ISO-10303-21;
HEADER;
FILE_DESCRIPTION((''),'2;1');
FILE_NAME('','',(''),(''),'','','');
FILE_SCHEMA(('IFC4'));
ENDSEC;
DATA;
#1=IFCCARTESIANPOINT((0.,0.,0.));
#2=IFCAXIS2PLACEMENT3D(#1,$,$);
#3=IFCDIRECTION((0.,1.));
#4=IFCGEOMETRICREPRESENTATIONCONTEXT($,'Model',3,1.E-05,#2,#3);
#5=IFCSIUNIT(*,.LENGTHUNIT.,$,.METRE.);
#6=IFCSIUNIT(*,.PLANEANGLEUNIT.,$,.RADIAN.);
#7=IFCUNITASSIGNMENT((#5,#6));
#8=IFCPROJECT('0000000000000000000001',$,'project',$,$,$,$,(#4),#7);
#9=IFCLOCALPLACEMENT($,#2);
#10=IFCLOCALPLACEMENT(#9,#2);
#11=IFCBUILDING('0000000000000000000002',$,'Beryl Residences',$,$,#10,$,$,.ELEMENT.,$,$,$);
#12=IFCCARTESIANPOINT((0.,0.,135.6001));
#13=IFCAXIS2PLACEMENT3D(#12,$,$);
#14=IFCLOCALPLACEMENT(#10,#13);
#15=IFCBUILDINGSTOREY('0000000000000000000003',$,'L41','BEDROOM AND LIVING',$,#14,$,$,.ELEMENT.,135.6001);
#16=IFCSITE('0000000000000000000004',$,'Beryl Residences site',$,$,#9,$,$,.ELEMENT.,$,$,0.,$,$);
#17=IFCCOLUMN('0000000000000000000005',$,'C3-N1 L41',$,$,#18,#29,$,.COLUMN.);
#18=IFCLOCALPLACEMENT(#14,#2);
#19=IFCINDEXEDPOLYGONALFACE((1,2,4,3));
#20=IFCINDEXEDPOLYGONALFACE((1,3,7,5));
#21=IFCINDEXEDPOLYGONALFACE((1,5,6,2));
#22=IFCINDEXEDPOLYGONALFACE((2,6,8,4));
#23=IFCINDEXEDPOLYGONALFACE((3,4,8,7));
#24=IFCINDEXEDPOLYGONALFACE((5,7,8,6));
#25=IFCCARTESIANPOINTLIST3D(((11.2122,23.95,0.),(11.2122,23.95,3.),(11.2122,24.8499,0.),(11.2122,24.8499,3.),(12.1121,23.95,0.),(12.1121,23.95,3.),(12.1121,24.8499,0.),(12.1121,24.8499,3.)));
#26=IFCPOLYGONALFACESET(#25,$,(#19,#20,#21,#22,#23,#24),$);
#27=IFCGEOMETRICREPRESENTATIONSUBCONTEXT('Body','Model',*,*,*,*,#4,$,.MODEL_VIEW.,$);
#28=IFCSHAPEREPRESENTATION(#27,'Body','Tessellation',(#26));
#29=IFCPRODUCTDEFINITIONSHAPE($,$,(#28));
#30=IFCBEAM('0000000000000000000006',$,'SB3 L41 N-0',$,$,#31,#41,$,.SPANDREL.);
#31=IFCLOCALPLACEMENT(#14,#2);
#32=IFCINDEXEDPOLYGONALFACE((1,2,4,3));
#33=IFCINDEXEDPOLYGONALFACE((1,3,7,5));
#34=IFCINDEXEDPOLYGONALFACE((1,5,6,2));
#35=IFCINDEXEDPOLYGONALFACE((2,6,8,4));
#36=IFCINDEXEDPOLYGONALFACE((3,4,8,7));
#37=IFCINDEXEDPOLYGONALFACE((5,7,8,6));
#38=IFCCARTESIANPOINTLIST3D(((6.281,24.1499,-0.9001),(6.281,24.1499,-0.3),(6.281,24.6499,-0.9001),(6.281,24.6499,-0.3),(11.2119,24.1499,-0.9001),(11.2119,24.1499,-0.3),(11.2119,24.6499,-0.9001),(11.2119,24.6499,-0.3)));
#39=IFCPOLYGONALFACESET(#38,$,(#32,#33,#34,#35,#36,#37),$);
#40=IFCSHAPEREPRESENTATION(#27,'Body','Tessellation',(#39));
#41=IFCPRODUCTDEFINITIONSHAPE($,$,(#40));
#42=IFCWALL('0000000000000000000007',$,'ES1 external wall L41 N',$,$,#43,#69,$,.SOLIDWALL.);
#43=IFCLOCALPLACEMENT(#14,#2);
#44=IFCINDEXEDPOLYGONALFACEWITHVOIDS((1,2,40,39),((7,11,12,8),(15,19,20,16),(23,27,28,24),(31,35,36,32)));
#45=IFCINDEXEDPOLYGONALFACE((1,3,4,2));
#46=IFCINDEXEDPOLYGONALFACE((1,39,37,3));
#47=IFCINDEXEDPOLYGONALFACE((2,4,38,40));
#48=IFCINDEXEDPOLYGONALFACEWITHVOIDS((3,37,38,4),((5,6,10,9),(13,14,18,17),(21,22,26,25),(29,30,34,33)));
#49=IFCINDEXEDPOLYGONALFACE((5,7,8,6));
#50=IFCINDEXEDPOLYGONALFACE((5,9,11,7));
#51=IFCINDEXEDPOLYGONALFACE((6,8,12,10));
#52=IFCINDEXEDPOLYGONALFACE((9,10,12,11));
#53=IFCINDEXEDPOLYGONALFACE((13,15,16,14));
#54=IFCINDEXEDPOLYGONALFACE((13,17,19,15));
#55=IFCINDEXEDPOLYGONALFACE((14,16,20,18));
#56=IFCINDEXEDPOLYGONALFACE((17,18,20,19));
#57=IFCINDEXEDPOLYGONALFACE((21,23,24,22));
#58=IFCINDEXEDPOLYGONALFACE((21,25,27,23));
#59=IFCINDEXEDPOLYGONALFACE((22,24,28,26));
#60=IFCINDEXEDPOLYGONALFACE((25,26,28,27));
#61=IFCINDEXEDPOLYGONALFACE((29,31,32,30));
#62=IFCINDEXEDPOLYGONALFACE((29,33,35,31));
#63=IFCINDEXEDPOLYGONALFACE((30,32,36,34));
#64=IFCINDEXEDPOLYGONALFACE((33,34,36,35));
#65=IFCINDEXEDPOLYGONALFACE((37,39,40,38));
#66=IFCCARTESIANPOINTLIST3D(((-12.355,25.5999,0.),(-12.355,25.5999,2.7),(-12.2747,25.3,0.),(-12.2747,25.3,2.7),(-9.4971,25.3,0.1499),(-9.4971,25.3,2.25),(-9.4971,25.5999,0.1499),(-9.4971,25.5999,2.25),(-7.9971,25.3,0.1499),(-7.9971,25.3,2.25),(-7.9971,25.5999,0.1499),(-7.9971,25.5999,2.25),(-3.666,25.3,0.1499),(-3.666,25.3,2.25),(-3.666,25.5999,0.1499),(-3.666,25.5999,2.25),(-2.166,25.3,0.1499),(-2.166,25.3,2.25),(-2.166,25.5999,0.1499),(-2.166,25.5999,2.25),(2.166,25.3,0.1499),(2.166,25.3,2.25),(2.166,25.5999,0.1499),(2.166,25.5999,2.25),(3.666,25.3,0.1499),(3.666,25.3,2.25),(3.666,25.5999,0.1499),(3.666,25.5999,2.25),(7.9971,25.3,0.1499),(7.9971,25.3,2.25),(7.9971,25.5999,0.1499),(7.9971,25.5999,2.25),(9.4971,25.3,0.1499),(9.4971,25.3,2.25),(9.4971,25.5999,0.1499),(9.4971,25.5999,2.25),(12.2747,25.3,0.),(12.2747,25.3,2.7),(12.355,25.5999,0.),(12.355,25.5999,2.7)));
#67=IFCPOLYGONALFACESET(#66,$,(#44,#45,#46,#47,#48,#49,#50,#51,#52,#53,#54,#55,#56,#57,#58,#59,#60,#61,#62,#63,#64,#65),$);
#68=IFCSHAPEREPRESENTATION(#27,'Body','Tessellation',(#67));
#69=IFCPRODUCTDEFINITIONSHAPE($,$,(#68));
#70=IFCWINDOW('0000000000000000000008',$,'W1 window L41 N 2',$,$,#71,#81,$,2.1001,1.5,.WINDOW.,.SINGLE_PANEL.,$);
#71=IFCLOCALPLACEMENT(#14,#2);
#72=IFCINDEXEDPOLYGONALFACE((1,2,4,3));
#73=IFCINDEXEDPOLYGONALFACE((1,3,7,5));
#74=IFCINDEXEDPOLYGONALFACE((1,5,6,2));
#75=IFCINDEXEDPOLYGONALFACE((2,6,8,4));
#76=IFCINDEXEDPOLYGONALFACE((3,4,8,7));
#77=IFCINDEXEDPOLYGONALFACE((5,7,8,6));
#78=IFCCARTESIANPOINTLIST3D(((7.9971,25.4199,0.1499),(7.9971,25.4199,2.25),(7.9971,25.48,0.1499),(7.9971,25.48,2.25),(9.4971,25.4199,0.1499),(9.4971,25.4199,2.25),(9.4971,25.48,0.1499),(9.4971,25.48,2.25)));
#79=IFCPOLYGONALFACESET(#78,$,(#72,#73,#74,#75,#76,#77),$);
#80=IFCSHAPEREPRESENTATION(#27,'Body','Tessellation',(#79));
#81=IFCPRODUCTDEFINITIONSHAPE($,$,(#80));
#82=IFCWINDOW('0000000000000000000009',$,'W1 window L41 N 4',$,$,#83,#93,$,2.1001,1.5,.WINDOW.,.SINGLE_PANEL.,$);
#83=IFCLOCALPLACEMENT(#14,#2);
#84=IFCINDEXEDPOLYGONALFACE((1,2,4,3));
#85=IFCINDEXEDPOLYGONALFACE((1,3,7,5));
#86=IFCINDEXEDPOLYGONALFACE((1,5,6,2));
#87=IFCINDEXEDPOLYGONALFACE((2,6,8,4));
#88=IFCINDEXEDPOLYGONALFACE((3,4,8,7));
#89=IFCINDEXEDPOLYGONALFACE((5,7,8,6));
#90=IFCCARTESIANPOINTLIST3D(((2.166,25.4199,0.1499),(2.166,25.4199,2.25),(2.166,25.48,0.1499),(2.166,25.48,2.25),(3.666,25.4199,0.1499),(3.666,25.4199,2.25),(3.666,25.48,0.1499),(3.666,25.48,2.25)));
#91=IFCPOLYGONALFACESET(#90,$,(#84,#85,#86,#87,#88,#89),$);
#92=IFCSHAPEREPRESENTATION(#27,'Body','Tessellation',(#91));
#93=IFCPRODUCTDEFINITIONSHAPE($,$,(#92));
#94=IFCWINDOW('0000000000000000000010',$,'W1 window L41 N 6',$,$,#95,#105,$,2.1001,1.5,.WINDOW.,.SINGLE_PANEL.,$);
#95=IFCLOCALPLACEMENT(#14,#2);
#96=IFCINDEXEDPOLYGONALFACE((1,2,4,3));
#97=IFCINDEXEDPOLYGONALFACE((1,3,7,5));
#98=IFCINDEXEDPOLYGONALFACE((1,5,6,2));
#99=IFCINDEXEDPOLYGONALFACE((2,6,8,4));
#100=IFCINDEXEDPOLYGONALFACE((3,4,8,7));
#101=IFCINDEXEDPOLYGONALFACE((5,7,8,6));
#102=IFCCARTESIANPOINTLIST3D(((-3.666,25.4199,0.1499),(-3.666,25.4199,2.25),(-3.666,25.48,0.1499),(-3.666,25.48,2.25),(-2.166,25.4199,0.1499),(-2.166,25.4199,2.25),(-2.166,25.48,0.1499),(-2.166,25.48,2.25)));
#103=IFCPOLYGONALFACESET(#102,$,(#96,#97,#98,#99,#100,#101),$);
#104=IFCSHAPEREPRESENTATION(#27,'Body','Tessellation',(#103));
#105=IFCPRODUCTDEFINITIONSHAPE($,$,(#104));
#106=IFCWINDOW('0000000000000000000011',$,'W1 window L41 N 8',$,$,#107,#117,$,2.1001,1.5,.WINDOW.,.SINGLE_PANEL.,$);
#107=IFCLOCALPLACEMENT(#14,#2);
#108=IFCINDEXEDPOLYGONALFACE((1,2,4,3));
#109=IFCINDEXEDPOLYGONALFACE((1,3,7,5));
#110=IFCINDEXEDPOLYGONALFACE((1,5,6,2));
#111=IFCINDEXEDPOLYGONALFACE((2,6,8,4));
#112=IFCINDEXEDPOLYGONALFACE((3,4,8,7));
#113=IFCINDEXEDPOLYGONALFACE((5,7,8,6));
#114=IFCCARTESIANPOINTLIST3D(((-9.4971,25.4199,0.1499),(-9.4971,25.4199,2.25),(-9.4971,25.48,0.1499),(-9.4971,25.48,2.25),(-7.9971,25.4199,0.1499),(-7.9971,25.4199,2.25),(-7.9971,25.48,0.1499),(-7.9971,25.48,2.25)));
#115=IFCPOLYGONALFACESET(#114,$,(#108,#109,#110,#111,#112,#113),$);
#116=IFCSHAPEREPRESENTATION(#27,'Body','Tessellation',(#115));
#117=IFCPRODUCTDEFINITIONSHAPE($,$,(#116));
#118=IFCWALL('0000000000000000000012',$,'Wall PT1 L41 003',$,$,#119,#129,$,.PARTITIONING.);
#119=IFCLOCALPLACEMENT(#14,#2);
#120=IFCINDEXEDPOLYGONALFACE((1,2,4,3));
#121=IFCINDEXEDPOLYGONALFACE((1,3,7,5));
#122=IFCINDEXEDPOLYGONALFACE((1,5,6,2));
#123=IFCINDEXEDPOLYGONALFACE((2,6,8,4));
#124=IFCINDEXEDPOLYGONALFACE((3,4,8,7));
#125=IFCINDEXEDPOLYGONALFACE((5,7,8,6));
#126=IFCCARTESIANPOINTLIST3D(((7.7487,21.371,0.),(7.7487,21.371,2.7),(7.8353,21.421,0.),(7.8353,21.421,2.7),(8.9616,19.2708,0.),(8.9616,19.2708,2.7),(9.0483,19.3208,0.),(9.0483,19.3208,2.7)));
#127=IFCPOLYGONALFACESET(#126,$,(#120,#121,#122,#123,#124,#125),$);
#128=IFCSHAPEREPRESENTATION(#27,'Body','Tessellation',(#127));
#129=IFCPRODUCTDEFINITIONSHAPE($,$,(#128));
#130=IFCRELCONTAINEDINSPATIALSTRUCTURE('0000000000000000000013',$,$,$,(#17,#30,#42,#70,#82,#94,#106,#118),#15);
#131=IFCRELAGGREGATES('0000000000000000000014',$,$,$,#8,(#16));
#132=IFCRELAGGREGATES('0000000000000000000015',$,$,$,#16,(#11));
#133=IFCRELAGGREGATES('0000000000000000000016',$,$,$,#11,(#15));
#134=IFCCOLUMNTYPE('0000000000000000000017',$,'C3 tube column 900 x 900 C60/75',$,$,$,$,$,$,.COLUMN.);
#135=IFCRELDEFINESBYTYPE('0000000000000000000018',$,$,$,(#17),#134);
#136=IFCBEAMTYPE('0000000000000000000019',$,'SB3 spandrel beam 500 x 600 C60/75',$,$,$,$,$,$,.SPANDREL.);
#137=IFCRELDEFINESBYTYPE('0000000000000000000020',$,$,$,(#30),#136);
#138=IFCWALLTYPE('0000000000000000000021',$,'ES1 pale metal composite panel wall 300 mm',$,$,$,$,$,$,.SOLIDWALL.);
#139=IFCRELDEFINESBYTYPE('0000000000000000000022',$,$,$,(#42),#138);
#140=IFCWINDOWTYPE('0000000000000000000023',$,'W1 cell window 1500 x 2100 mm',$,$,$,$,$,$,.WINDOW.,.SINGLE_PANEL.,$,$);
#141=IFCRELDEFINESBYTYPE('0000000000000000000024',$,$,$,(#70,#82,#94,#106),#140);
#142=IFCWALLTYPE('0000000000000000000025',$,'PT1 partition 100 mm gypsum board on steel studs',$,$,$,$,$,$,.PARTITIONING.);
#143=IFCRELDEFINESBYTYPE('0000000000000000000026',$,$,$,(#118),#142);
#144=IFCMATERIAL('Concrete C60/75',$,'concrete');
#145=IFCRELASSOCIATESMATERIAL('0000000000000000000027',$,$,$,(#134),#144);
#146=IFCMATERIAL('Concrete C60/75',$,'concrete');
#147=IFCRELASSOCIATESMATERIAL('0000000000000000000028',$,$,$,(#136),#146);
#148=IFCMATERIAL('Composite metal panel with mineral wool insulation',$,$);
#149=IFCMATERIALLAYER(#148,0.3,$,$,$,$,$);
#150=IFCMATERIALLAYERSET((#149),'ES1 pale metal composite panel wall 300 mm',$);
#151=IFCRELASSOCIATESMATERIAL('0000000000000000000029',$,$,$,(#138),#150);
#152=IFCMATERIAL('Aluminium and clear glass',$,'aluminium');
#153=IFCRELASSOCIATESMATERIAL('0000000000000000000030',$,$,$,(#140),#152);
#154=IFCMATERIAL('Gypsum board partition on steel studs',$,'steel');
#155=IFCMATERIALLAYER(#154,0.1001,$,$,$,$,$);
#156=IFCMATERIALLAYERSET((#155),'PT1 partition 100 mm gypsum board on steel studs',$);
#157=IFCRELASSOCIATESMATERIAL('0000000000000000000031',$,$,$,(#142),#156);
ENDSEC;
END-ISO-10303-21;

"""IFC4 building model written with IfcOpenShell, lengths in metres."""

from ifc_helpers import new_model, si_unit, direction, frame, frame_2d, origin, origin_2d, place, context, subcontext, project, spatial, polyline, rectangle, outline, extrude, material, layer, layer_set, material_profile, profile_set, type_object, element, fill, save


model = new_model("IFC4")

# Units and contexts
model_context = context("Model", 3, precision=1e-05, world=origin(), true_north=direction((0.0, 1.0)))
body_context = subcontext(model_context, "Body", "Model", "MODEL_VIEW")
ifc_project = project(units=[si_unit("LENGTHUNIT", "METRE"), si_unit("PLANEANGLEUNIT", "RADIAN")], contexts=[model_context])

# Site, building, storey
site_placement = place(None, origin())
site = spatial("IfcSite", under=ifc_project, at=site_placement, Name="Beryl Residences site", CompositionType="ELEMENT", RefElevation=0.0)
building_placement = place(site_placement, origin())
building = spatial("IfcBuilding", under=site, at=building_placement, Name="Beryl Residences", CompositionType="ELEMENT")
storey_placement = place(building_placement, frame((0.0, 0.0, 135.6001)))
storey = spatial("IfcBuildingStorey", under=building, at=storey_placement, Name="L41", Description="BEDROOM AND LIVING", CompositionType="ELEMENT", Elevation=135.6001)

# Column
ifc_material_1 = material(Name="Concrete C60/75", Category="concrete")
ifc_material_profile_1 = material_profile(ifc_material_1, rectangle(XDim=0.8999, YDim=0.8999, at=origin_2d()))
ifc_profile_set_1 = profile_set([ifc_material_profile_1], Name="Concrete C60/75")
column_type = type_object("IfcColumnType", Name="C3 tube column 900 x 900 C60/75", PredefinedType="COLUMN", material=ifc_profile_set_1)
column_placement = place(storey_placement, frame((11.6621, 24.3999, 0.0), z_axis=(0.0, 0.0, 1.0), x_axis=(-1.0, 0.0, 0.0)))
element("IfcColumn", 1, at=column_placement, inside=storey, type_object=column_type, Name="C3-N1 L41", PredefinedType="COLUMN", context=body_context, shape_type="SweptSolid", body=[
    extrude(rectangle(XDim=0.8999, YDim=0.8999, at=origin_2d()), origin(), (0.0, 0.0, 1.0), 3.0),
])

# Beam
ifc_material_2 = material(Name="Concrete C60/75", Category="concrete")
ifc_material_profile_2 = material_profile(ifc_material_2, rectangle(XDim=0.5, YDim=0.6001, at=origin_2d()))
ifc_profile_set_2 = profile_set([ifc_material_profile_2], Name="Concrete C60/75")
beam_type = type_object("IfcBeamType", Name="SB3 spandrel beam 500 x 600 C60/75", PredefinedType="SPANDREL", material=ifc_profile_set_2)
beam_placement = place(storey_placement, frame((11.2119, 24.3999, -0.6001), z_axis=(-1.0, 0.0, 0.0), x_axis=(0.0, -1.0, 0.0)))
element("IfcBeam", 2, at=beam_placement, inside=storey, type_object=beam_type, Name="SB3 L41 N-0", PredefinedType="SPANDREL", context=body_context, shape_type="SweptSolid", body=[
    extrude(rectangle(XDim=0.5, YDim=0.6001, at=origin_2d()), origin(), (0.0, 0.0, 1.0), 4.9309),
])

# Wall, openings, windows
ifc_material_3 = material(Name="Composite metal panel with mineral wool insulation")
ifc_layer_1 = layer(ifc_material_3, 0.3)
ifc_layer_set_1 = layer_set([ifc_layer_1], Name="ES1 pale metal composite panel wall 300 mm")
wall_type_1 = type_object("IfcWallType", Name="ES1 pale metal composite panel wall 300 mm", PredefinedType="SOLIDWALL", material=ifc_layer_set_1)
wall_1_placement = place(storey_placement, frame((12.355, 25.45, 0.0), z_axis=(0.0, 0.0, 1.0), x_axis=(-1.0, 0.0, 0.0)))
wall_1 = element("IfcWall", 3, at=wall_1_placement, inside=storey, type_object=wall_type_1, Name="ES1 external wall L41 N", PredefinedType="SOLIDWALL", context=body_context, shape_type="SweptSolid", body=[
    extrude(outline(polyline([(0.0, -0.1499), (24.71, -0.1499), (24.6296, 0.1499), (0.0803, 0.1499), (0.0, -0.1499)])), origin(), (0.0, 0.0, 1.0), 2.7),
])
opening_1_placement = place(wall_1_placement, frame((2.8579, 0.0, 0.1499)))
opening_1 = element("IfcOpeningElement", 4, at=opening_1_placement, cuts=wall_1, PredefinedType="OPENING", context=body_context, shape_type="SweptSolid", body=[
    extrude(rectangle(XDim=1.5, YDim=2.1001, at=frame_2d((0.75, 1.05))), frame((0.0, 0.1599, 0.0), z_axis=(0.0, -1.0, 0.0), x_axis=(1.0, 0.0, 0.0)), (0.0, 0.0, 1.0), 0.3201),
])
opening_2_placement = place(wall_1_placement, frame((8.689, 0.0, 0.1499)))
opening_2 = element("IfcOpeningElement", 5, at=opening_2_placement, cuts=wall_1, PredefinedType="OPENING", context=body_context, shape_type="SweptSolid", body=[
    extrude(rectangle(XDim=1.5, YDim=2.1001, at=frame_2d((0.75, 1.05))), frame((0.0, 0.1599, 0.0), z_axis=(0.0, -1.0, 0.0), x_axis=(1.0, 0.0, 0.0)), (0.0, 0.0, 1.0), 0.3201),
])
opening_3_placement = place(wall_1_placement, frame((14.521, 0.0, 0.1499)))
opening_3 = element("IfcOpeningElement", 6, at=opening_3_placement, cuts=wall_1, PredefinedType="OPENING", context=body_context, shape_type="SweptSolid", body=[
    extrude(rectangle(XDim=1.5, YDim=2.1001, at=frame_2d((0.75, 1.05))), frame((0.0, 0.1599, 0.0), z_axis=(0.0, -1.0, 0.0), x_axis=(1.0, 0.0, 0.0)), (0.0, 0.0, 1.0), 0.3201),
])
opening_4_placement = place(wall_1_placement, frame((20.3521, 0.0, 0.1499)))
opening_4 = element("IfcOpeningElement", 7, at=opening_4_placement, cuts=wall_1, PredefinedType="OPENING", context=body_context, shape_type="SweptSolid", body=[
    extrude(rectangle(XDim=1.5, YDim=2.1001, at=frame_2d((0.75, 1.05))), frame((0.0, 0.1599, 0.0), z_axis=(0.0, -1.0, 0.0), x_axis=(1.0, 0.0, 0.0)), (0.0, 0.0, 1.0), 0.3201),
])
ifc_material_4 = material(Name="Aluminium and clear glass", Category="aluminium")
window_type = type_object("IfcWindowType", Name="W1 cell window 1500 x 2100 mm", PartitioningType="SINGLE_PANEL", PredefinedType="WINDOW", material=ifc_material_4)
window_1_placement = place(opening_1_placement, origin())
window_1 = element("IfcWindow", 8, at=window_1_placement, inside=storey, type_object=window_type, Name="W1 window L41 N 2", OverallHeight=2.1001, OverallWidth=1.5, PartitioningType="SINGLE_PANEL", PredefinedType="WINDOW", context=body_context, shape_type="SweptSolid", body=[
    extrude(rectangle(XDim=1.5, YDim=2.1001, at=frame_2d((0.75, 1.05))), frame((0.0, 0.03, 0.0), z_axis=(0.0, -1.0, 0.0), x_axis=(1.0, 0.0, 0.0)), (0.0, 0.0, 1.0), 0.0601),
])
fill(opening_1, window_1)
window_2_placement = place(opening_2_placement, origin())
window_2 = element("IfcWindow", 9, at=window_2_placement, inside=storey, type_object=window_type, Name="W1 window L41 N 4", OverallHeight=2.1001, OverallWidth=1.5, PartitioningType="SINGLE_PANEL", PredefinedType="WINDOW", context=body_context, shape_type="SweptSolid", body=[
    extrude(rectangle(XDim=1.5, YDim=2.1001, at=frame_2d((0.75, 1.05))), frame((0.0, 0.03, 0.0), z_axis=(0.0, -1.0, 0.0), x_axis=(1.0, 0.0, 0.0)), (0.0, 0.0, 1.0), 0.0601),
])
fill(opening_2, window_2)
window_3_placement = place(opening_3_placement, origin())
window_3 = element("IfcWindow", 10, at=window_3_placement, inside=storey, type_object=window_type, Name="W1 window L41 N 6", OverallHeight=2.1001, OverallWidth=1.5, PartitioningType="SINGLE_PANEL", PredefinedType="WINDOW", context=body_context, shape_type="SweptSolid", body=[
    extrude(rectangle(XDim=1.5, YDim=2.1001, at=frame_2d((0.75, 1.05))), frame((0.0, 0.03, 0.0), z_axis=(0.0, -1.0, 0.0), x_axis=(1.0, 0.0, 0.0)), (0.0, 0.0, 1.0), 0.0601),
])
fill(opening_3, window_3)
window_4_placement = place(opening_4_placement, origin())
window_4 = element("IfcWindow", 11, at=window_4_placement, inside=storey, type_object=window_type, Name="W1 window L41 N 8", OverallHeight=2.1001, OverallWidth=1.5, PartitioningType="SINGLE_PANEL", PredefinedType="WINDOW", context=body_context, shape_type="SweptSolid", body=[
    extrude(rectangle(XDim=1.5, YDim=2.1001, at=frame_2d((0.75, 1.05))), frame((0.0, 0.03, 0.0), z_axis=(0.0, -1.0, 0.0), x_axis=(1.0, 0.0, 0.0)), (0.0, 0.0, 1.0), 0.0601),
])
fill(opening_4, window_4)

# Wall
ifc_material_5 = material(Name="Gypsum board partition on steel studs", Category="steel")
ifc_layer_2 = layer(ifc_material_5, 0.1001)
ifc_layer_set_2 = layer_set([ifc_layer_2], Name="PT1 partition 100 mm gypsum board on steel studs")
wall_type_2 = type_object("IfcWallType", Name="PT1 partition 100 mm gypsum board on steel studs", PredefinedType="PARTITIONING", material=ifc_layer_set_2)
wall_2_placement = place(storey_placement, frame((7.792, 21.396, 0.0), z_axis=(0.0, 0.0, 1.0), x_axis=(0.500123, -0.865954, 0.0)))
element("IfcWall", 12, at=wall_2_placement, inside=storey, type_object=wall_type_2, Name="Wall PT1 L41 003", PredefinedType="PARTITIONING", context=body_context, shape_type="SweptSolid", body=[
    extrude(rectangle(XDim=2.4253, YDim=0.1001, at=frame_2d((1.2126, 0.0))), origin(), (0.0, 0.0, 1.0), 2.7),
])

save(model, "model.ifc")
